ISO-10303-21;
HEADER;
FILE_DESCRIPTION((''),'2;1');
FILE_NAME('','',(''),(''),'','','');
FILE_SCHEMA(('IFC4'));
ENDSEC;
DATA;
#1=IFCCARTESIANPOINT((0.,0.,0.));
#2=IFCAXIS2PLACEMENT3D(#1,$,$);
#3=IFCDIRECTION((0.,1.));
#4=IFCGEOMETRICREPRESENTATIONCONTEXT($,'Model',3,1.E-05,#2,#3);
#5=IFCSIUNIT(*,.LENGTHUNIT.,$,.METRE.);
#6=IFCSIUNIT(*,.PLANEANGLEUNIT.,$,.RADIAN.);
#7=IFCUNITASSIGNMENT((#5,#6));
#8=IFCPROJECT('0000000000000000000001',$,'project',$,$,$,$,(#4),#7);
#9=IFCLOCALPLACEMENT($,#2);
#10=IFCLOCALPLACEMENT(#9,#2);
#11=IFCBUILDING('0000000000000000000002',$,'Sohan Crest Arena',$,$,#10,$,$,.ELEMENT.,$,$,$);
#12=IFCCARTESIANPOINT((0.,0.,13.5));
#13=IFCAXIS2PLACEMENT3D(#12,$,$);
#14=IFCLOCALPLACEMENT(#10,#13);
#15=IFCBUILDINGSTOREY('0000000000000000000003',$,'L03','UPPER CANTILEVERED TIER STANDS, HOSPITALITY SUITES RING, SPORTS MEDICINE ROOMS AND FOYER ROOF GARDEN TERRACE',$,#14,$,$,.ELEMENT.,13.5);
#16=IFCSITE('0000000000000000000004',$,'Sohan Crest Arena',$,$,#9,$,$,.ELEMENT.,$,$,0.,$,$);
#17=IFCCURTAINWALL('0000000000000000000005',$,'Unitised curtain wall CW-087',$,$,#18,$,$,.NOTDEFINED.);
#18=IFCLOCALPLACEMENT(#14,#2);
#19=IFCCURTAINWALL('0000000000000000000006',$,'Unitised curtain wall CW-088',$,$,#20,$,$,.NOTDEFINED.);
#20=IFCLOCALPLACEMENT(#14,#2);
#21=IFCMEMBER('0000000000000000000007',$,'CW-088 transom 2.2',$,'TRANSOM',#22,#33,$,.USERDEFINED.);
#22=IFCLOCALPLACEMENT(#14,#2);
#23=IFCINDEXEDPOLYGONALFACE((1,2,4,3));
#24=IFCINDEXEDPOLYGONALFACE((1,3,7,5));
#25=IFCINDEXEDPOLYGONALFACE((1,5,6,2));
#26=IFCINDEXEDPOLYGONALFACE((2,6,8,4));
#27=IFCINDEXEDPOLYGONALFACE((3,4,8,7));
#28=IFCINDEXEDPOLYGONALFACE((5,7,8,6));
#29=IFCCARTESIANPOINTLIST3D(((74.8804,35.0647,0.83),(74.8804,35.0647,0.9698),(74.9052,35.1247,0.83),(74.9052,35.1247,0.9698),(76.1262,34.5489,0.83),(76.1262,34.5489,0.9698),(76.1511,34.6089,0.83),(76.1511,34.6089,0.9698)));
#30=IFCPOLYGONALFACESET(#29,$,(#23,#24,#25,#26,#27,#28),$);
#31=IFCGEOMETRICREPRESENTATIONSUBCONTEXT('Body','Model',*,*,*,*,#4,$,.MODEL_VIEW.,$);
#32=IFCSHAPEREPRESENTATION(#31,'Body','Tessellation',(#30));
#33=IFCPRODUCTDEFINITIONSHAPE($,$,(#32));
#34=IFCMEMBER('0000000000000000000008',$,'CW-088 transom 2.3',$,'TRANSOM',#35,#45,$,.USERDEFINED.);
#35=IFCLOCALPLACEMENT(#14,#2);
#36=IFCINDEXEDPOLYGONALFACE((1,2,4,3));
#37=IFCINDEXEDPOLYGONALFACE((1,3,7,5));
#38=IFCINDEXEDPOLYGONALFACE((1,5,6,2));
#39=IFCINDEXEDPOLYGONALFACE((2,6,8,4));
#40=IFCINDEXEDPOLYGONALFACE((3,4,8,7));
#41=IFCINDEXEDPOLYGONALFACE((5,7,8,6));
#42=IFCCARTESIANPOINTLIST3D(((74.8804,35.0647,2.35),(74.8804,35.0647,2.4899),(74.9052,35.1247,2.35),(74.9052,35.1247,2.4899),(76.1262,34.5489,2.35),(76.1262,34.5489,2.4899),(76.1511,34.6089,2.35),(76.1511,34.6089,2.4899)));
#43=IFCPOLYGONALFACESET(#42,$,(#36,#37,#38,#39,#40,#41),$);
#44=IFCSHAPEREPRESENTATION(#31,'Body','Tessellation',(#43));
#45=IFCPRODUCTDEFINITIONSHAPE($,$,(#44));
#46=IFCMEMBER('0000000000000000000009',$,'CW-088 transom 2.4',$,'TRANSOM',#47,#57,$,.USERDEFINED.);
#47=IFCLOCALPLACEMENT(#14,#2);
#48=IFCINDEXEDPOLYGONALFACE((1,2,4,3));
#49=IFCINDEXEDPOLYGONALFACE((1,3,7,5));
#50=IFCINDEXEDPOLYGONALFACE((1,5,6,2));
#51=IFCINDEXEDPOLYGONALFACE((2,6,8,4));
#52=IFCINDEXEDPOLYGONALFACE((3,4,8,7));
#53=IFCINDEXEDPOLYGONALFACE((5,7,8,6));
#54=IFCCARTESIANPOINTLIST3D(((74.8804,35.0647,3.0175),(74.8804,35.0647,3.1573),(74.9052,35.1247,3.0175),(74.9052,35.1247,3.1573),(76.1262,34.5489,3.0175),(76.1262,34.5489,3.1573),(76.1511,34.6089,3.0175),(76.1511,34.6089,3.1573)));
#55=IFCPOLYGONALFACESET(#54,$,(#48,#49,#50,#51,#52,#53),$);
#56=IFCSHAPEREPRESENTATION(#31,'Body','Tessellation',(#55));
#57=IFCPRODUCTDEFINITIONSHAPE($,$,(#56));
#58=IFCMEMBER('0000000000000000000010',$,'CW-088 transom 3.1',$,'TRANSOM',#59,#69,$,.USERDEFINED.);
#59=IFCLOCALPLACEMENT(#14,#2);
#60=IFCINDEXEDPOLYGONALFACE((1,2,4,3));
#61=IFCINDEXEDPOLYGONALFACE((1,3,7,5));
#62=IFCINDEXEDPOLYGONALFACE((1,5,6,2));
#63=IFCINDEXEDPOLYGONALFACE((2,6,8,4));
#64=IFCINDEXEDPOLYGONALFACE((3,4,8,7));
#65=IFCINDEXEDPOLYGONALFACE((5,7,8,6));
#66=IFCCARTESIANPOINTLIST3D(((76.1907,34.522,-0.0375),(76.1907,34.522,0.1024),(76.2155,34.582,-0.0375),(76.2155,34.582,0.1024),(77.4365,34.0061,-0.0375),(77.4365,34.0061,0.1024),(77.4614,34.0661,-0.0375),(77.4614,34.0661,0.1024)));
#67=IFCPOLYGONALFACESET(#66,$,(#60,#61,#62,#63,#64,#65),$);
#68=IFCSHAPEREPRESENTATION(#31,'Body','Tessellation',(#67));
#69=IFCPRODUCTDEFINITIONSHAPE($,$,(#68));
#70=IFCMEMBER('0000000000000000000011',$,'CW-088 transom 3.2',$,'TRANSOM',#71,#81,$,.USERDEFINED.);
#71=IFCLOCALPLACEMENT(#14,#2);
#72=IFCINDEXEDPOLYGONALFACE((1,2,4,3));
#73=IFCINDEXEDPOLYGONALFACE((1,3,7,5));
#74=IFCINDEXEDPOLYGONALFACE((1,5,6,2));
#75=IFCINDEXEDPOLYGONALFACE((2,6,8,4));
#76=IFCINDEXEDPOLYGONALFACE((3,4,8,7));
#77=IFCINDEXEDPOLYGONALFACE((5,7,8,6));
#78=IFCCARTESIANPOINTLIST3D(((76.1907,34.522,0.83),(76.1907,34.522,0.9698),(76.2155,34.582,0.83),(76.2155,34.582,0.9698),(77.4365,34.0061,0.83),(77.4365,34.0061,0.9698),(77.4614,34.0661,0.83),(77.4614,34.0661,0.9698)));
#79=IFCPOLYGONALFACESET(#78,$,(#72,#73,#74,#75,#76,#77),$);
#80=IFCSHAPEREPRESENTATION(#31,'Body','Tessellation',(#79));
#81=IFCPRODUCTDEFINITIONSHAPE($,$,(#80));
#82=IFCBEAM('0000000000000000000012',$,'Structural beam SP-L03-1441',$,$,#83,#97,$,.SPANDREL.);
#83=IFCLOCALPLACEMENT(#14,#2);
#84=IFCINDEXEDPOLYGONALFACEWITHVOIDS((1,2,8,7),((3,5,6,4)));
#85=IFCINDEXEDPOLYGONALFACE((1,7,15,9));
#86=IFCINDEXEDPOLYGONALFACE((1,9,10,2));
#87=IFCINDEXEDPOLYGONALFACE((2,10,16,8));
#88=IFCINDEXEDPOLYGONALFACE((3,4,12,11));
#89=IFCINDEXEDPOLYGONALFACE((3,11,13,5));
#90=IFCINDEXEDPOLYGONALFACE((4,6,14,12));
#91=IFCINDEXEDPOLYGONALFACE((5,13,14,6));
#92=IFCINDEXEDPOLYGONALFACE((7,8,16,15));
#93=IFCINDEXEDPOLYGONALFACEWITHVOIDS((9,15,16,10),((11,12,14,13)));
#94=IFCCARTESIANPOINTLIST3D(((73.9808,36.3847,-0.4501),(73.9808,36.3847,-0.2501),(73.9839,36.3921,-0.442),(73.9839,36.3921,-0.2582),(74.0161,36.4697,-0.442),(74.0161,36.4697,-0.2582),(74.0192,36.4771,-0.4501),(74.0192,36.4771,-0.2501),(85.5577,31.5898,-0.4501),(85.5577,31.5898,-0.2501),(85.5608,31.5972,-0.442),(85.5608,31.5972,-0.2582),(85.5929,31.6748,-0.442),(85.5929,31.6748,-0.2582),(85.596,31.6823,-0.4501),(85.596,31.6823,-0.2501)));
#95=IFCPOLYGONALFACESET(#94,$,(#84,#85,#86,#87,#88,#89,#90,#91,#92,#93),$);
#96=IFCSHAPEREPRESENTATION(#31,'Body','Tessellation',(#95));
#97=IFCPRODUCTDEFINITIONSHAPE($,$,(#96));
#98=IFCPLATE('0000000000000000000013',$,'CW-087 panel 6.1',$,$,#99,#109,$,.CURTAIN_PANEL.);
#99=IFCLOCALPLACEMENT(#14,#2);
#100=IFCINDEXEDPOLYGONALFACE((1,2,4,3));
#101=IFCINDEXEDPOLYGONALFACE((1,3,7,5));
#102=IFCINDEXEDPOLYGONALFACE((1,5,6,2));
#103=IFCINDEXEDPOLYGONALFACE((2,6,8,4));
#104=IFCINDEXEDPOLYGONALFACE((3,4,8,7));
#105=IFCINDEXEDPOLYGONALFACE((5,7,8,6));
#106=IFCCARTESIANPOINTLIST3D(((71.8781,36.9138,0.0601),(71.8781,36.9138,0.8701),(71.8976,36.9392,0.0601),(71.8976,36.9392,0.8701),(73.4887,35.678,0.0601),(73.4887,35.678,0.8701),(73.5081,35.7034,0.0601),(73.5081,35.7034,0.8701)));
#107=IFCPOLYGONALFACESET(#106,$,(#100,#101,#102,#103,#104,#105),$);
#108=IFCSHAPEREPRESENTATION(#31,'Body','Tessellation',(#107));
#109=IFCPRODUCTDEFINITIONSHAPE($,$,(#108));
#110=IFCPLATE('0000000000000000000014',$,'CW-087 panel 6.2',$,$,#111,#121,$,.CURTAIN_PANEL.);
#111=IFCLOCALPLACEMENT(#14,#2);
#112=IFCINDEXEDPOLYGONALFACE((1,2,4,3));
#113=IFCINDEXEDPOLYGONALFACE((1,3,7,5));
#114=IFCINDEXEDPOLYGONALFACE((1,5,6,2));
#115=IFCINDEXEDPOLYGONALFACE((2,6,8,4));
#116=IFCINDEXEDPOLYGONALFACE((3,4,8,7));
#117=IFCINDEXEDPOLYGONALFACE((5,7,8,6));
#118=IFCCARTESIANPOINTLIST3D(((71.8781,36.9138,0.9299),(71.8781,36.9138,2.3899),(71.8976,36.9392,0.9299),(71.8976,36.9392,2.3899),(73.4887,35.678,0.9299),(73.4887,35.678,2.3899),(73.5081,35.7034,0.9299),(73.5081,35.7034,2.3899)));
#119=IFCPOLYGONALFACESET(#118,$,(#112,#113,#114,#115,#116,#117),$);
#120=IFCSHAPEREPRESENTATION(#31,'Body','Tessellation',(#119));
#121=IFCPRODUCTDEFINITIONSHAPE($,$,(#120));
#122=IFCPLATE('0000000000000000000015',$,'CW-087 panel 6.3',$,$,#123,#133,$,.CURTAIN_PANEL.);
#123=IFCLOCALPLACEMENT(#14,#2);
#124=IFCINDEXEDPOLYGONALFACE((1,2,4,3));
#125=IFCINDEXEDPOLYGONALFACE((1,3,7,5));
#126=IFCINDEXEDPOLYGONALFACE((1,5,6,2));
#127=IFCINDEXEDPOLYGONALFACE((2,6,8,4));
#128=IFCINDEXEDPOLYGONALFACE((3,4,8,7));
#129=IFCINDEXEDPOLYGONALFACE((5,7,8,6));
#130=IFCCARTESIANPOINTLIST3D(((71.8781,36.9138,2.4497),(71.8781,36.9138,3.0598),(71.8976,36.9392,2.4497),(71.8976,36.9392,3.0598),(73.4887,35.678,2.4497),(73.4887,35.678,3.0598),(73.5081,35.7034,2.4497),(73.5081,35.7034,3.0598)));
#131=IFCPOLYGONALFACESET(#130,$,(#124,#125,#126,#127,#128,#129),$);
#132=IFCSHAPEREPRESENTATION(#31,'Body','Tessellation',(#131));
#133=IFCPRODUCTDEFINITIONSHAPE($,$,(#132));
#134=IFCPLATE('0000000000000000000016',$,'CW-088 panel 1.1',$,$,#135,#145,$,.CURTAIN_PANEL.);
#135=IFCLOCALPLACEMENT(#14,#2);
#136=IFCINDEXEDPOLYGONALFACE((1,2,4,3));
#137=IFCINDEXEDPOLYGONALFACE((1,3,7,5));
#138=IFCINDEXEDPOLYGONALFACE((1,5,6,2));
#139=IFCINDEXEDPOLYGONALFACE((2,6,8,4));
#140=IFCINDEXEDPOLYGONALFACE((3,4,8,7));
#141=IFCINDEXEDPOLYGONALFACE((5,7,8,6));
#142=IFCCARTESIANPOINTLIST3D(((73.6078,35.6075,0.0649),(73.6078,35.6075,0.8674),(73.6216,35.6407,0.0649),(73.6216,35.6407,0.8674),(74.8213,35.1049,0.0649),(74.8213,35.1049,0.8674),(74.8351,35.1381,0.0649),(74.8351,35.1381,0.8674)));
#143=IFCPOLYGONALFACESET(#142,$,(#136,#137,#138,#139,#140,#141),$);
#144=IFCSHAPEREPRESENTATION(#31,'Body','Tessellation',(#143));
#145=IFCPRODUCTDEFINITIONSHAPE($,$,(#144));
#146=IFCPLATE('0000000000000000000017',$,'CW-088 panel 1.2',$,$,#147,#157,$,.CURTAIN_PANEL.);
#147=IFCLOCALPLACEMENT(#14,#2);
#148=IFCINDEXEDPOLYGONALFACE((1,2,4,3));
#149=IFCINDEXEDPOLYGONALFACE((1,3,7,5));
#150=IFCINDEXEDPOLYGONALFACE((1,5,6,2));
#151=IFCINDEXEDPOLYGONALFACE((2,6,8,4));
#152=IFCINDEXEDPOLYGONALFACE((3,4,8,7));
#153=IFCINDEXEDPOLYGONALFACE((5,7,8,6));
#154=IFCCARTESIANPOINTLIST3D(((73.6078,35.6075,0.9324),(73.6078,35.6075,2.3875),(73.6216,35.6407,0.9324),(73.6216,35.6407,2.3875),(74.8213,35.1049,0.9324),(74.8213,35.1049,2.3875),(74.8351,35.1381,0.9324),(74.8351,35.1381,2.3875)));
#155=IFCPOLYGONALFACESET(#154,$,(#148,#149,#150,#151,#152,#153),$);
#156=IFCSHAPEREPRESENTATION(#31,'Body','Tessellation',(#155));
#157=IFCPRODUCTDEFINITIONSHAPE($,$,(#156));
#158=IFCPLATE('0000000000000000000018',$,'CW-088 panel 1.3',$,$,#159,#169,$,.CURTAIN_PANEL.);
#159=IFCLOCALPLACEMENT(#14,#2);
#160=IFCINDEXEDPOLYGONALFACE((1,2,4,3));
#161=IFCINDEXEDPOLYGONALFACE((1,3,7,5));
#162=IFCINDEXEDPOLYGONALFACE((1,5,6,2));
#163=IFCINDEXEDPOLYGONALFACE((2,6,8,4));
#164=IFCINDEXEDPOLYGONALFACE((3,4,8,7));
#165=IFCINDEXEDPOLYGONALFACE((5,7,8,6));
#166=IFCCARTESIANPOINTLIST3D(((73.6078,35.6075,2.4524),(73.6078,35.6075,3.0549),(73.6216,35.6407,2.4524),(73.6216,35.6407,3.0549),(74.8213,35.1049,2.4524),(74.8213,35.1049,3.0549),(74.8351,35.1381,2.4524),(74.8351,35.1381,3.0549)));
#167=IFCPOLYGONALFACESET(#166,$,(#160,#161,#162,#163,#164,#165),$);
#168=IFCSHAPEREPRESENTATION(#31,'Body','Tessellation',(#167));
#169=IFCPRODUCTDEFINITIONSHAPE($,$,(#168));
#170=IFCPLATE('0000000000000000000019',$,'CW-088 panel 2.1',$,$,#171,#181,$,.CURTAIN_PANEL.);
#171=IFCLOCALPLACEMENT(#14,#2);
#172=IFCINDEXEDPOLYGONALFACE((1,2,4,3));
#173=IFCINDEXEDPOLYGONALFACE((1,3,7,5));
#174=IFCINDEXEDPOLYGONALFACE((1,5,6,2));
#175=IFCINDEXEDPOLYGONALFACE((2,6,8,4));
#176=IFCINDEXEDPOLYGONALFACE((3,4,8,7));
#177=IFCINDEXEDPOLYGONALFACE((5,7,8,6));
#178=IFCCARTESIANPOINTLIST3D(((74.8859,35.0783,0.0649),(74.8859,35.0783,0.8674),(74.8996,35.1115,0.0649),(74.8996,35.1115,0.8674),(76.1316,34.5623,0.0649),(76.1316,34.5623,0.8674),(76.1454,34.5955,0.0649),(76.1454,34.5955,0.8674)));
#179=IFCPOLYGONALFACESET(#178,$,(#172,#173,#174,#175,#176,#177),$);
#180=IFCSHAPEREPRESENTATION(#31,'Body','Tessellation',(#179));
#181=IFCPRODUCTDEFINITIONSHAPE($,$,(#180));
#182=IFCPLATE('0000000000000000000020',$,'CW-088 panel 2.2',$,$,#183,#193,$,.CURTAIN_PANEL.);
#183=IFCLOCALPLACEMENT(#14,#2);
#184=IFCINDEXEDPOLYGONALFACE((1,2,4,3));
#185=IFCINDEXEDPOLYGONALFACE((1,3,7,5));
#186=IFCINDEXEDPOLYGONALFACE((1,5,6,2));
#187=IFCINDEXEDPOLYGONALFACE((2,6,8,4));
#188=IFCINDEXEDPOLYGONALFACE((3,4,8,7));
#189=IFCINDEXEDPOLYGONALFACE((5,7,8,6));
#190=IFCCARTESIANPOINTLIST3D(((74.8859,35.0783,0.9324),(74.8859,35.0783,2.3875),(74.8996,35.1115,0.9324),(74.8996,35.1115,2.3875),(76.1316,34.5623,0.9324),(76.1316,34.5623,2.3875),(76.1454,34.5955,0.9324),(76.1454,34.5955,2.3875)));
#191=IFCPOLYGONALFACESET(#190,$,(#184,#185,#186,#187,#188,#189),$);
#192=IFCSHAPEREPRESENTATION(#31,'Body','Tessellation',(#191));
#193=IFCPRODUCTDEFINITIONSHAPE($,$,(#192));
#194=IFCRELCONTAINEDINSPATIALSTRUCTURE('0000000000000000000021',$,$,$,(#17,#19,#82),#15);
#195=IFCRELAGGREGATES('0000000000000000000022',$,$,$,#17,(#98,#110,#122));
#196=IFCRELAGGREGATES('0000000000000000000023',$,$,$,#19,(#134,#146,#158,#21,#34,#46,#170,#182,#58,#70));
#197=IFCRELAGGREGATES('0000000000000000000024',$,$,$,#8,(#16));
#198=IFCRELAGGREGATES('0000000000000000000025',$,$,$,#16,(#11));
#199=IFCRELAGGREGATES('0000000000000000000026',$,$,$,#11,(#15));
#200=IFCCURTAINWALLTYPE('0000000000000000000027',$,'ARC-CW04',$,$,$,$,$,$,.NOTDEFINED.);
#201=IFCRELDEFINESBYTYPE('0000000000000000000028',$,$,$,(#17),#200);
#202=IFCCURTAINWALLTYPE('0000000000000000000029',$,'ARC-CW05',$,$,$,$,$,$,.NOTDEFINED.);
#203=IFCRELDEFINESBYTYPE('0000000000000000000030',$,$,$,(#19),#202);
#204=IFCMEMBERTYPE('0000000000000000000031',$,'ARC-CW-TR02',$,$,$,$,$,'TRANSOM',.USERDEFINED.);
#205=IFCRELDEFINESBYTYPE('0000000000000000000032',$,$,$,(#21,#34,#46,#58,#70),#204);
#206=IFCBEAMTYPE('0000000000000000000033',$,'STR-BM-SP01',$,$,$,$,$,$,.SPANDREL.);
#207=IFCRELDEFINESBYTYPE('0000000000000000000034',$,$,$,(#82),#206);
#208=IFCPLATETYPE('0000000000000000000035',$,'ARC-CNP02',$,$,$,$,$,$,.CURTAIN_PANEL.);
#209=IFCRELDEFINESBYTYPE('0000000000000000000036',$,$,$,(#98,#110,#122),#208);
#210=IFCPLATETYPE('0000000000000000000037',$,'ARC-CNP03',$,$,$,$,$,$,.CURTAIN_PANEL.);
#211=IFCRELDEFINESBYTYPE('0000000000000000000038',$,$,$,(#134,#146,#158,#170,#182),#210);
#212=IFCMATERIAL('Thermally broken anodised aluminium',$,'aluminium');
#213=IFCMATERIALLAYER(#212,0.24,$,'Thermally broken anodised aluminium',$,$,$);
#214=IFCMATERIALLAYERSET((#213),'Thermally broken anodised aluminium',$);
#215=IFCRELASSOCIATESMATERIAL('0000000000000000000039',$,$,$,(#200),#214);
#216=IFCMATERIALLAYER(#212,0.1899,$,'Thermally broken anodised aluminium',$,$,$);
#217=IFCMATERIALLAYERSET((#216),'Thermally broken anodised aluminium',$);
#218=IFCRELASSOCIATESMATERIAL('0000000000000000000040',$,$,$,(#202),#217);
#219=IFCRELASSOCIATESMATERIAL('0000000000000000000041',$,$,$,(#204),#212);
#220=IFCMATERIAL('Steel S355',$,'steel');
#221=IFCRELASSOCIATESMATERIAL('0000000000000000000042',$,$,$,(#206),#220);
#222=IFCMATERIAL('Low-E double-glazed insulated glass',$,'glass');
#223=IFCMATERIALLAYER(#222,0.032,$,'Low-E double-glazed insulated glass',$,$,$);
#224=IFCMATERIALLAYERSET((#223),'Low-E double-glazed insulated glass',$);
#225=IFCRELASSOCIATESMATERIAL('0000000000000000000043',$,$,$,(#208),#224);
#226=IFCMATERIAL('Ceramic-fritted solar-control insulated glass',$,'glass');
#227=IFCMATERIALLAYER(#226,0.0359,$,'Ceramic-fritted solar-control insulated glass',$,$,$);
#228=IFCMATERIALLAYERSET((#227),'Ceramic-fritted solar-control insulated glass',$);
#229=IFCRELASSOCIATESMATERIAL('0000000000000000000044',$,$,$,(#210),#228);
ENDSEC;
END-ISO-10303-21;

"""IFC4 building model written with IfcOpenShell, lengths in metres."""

from ifc_helpers import new_model, si_unit, direction, frame, origin, origin_2d, place, context, subcontext, project, spatial, rectangle, hollow_rectangle, extrude, material, layer, layer_set, material_profile, profile_set, type_object, element, aggregate, save


model = new_model("IFC4")

# Units and contexts
model_context = context("Model", 3, precision=1e-05, world=origin(), true_north=direction((0.0, 1.0)))
body_context = subcontext(model_context, "Body", "Model", "MODEL_VIEW")
ifc_project = project(units=[si_unit("LENGTHUNIT", "METRE"), si_unit("PLANEANGLEUNIT", "RADIAN")], contexts=[model_context])

# Site, building, storey
site_placement = place(None, origin())
site = spatial("IfcSite", under=ifc_project, at=site_placement, Name="Sohan Crest Arena", CompositionType="ELEMENT", RefElevation=0.0)
building_placement = place(site_placement, origin())
building = spatial("IfcBuilding", under=site, at=building_placement, Name="Sohan Crest Arena", CompositionType="ELEMENT")
storey_placement = place(building_placement, frame((0.0, 0.0, 13.5)))
storey = spatial("IfcBuildingStorey", under=building, at=storey_placement, Name="L03", Description="UPPER CANTILEVERED TIER STANDS, HOSPITALITY SUITES RING, SPORTS MEDICINE ROOMS AND FOYER ROOF GARDEN TERRACE", CompositionType="ELEMENT", Elevation=13.5)

# Shared definitions
ifc_material_1 = material(Name="Steel S355", Category="steel")

# Curtain wall
ifc_material_2 = material(Name="Thermally broken anodised aluminium", Category="aluminium")
ifc_layer_1 = layer(ifc_material_2, 0.24, Name="Thermally broken anodised aluminium")
ifc_layer_set_1 = layer_set([ifc_layer_1], Name="Thermally broken anodised aluminium")
curtain_wall_type_1 = type_object("IfcCurtainWallType", Name="ARC-CW04", PredefinedType="NOTDEFINED", material=ifc_layer_set_1)
curtain_wall_1_placement = place(storey_placement, origin())
curtain_wall_1 = element("IfcCurtainWall", 1, at=curtain_wall_1_placement, inside=storey, type_object=curtain_wall_type_1, Name="Unitised curtain wall CW-087", PredefinedType="NOTDEFINED")

# Curtain wall
ifc_layer_2 = layer(ifc_material_2, 0.1899, Name="Thermally broken anodised aluminium")
ifc_layer_set_2 = layer_set([ifc_layer_2], Name="Thermally broken anodised aluminium")
curtain_wall_type_2 = type_object("IfcCurtainWallType", Name="ARC-CW05", PredefinedType="NOTDEFINED", material=ifc_layer_set_2)
curtain_wall_2_placement = place(storey_placement, origin())
curtain_wall_2 = element("IfcCurtainWall", 2, at=curtain_wall_2_placement, inside=storey, type_object=curtain_wall_type_2, Name="Unitised curtain wall CW-088", PredefinedType="NOTDEFINED")

# Members
ifc_material_profile_1 = material_profile(ifc_material_2, rectangle(XDim=0.0649, YDim=0.1399, at=origin_2d()), Name="ALU-TRAN 65x140")
ifc_profile_set_1 = profile_set([ifc_material_profile_1], Name="Thermally broken anodised aluminium")
member_type_1 = type_object("IfcMemberType", Name="ARC-CW-TR02", ElementType="TRANSOM", PredefinedType="USERDEFINED", material=ifc_profile_set_1)
member_1_placement = place(storey_placement, frame((74.8928, 35.0947, 0.8999), z_axis=(0.923926, -0.38257, 0.0), x_axis=(0.38257, 0.923926, 0.0)))
member_1 = element("IfcMember", 3, at=member_1_placement, type_object=member_type_1, Name="CW-088 transom 2.2", ObjectType="TRANSOM", PredefinedType="USERDEFINED", context=body_context, shape_type="SweptSolid", body=[
    extrude(rectangle(XDim=0.0649, YDim=0.1399, at=origin_2d()), origin(), (0.0, 0.0, 1.0), 1.3484),
])
member_2_placement = place(storey_placement, frame((74.8928, 35.0947, 2.4199), z_axis=(0.923926, -0.38257, 0.0), x_axis=(0.38257, 0.923926, 0.0)))
member_2 = element("IfcMember", 4, at=member_2_placement, type_object=member_type_1, Name="CW-088 transom 2.3", ObjectType="TRANSOM", PredefinedType="USERDEFINED", context=body_context, shape_type="SweptSolid", body=[
    extrude(rectangle(XDim=0.0649, YDim=0.1399, at=origin_2d()), origin(), (0.0, 0.0, 1.0), 1.3484),
])
member_3_placement = place(storey_placement, frame((74.8928, 35.0947, 3.0874), z_axis=(0.923926, -0.38257, 0.0), x_axis=(0.38257, 0.923926, 0.0)))
member_3 = element("IfcMember", 5, at=member_3_placement, type_object=member_type_1, Name="CW-088 transom 2.4", ObjectType="TRANSOM", PredefinedType="USERDEFINED", context=body_context, shape_type="SweptSolid", body=[
    extrude(rectangle(XDim=0.0649, YDim=0.1399, at=origin_2d()), origin(), (0.0, 0.0, 1.0), 1.3484),
])
member_4_placement = place(storey_placement, frame((76.2031, 34.552, 0.0325), z_axis=(0.923926, -0.38257, 0.0), x_axis=(0.38257, 0.923926, 0.0)))
member_4 = element("IfcMember", 6, at=member_4_placement, type_object=member_type_1, Name="CW-088 transom 3.1", ObjectType="TRANSOM", PredefinedType="USERDEFINED", context=body_context, shape_type="SweptSolid", body=[
    extrude(rectangle(XDim=0.0649, YDim=0.1399, at=origin_2d()), origin(), (0.0, 0.0, 1.0), 1.3484),
])
member_5_placement = place(storey_placement, frame((76.2031, 34.552, 0.8999), z_axis=(0.923926, -0.38257, 0.0), x_axis=(0.38257, 0.923926, 0.0)))
member_5 = element("IfcMember", 7, at=member_5_placement, type_object=member_type_1, Name="CW-088 transom 3.2", ObjectType="TRANSOM", PredefinedType="USERDEFINED", context=body_context, shape_type="SweptSolid", body=[
    extrude(rectangle(XDim=0.0649, YDim=0.1399, at=origin_2d()), origin(), (0.0, 0.0, 1.0), 1.3484),
])

# Beam
ifc_material_profile_2 = material_profile(ifc_material_1, hollow_rectangle(XDim=0.1001, YDim=0.2, WallThickness=0.0081, at=origin_2d()), Name="RHS 200x100x8")
ifc_profile_set_2 = profile_set([ifc_material_profile_2], Name="Steel S355")
beam_type = type_object("IfcBeamType", Name="STR-BM-SP01", PredefinedType="SPANDREL", material=ifc_profile_set_2)
beam_placement = place(storey_placement, frame((74.0, 36.4309, -0.3501), z_axis=(0.923891, -0.382657, 0.0), x_axis=(0.382657, 0.923891, 0.0)))
element("IfcBeam", 8, at=beam_placement, inside=storey, type_object=beam_type, Name="Structural beam SP-L03-1441", PredefinedType="SPANDREL", context=body_context, shape_type="SweptSolid", body=[
    extrude(hollow_rectangle(XDim=0.1001, YDim=0.2, WallThickness=0.0081, at=origin_2d()), origin(), (0.0, 0.0, 1.0), 12.5305),
])

# Plates
ifc_material_3 = material(Name="Low-E double-glazed insulated glass", Category="glass")
ifc_layer_3 = layer(ifc_material_3, 0.032, Name="Low-E double-glazed insulated glass")
ifc_layer_set_3 = layer_set([ifc_layer_3], Name="Low-E double-glazed insulated glass")
plate_type_1 = type_object("IfcPlateType", Name="ARC-CNP02", PredefinedType="CURTAIN_PANEL", material=ifc_layer_set_3)
plate_1_placement = place(storey_placement, frame((72.6931, 36.3086, 0.0601), z_axis=(0.0, 0.0, 1.0), x_axis=(0.793372, -0.608737, 0.0)))
plate_1 = element("IfcPlate", 9, at=plate_1_placement, type_object=plate_type_1, Name="CW-087 panel 6.1", PredefinedType="CURTAIN_PANEL", context=body_context, shape_type="SweptSolid", body=[
    extrude(rectangle(XDim=2.03, YDim=0.032, at=origin_2d()), origin(), (0.0, 0.0, 1.0), 0.8101),
])
plate_2_placement = place(storey_placement, frame((72.6931, 36.3086, 0.9299), z_axis=(0.0, 0.0, 1.0), x_axis=(0.793372, -0.608737, 0.0)))
plate_2 = element("IfcPlate", 10, at=plate_2_placement, type_object=plate_type_1, Name="CW-087 panel 6.2", PredefinedType="CURTAIN_PANEL", context=body_context, shape_type="SweptSolid", body=[
    extrude(rectangle(XDim=2.03, YDim=0.032, at=origin_2d()), origin(), (0.0, 0.0, 1.0), 1.46),
])
plate_3_placement = place(storey_placement, frame((72.6931, 36.3086, 2.4497), z_axis=(0.0, 0.0, 1.0), x_axis=(0.793372, -0.608737, 0.0)))
plate_3 = element("IfcPlate", 11, at=plate_3_placement, type_object=plate_type_1, Name="CW-087 panel 6.3", PredefinedType="CURTAIN_PANEL", context=body_context, shape_type="SweptSolid", body=[
    extrude(rectangle(XDim=2.03, YDim=0.032, at=origin_2d()), origin(), (0.0, 0.0, 1.0), 0.6101),
])
aggregate(curtain_wall_1, [plate_1, plate_2, plate_3])
ifc_material_4 = material(Name="Ceramic-fritted solar-control insulated glass", Category="glass")
ifc_layer_4 = layer(ifc_material_4, 0.0359, Name="Ceramic-fritted solar-control insulated glass")
ifc_layer_set_4 = layer_set([ifc_layer_4], Name="Ceramic-fritted solar-control insulated glass")
plate_type_2 = type_object("IfcPlateType", Name="ARC-CNP03", PredefinedType="CURTAIN_PANEL", material=ifc_layer_set_4)
plate_4_placement = place(storey_placement, frame((74.2214, 35.3728, 0.0649), z_axis=(0.0, 0.0, 1.0), x_axis=(0.923886, -0.382668, 0.0)))
plate_4 = element("IfcPlate", 12, at=plate_4_placement, type_object=plate_type_2, Name="CW-088 panel 1.1", PredefinedType="CURTAIN_PANEL", context=body_context, shape_type="SweptSolid", body=[
    extrude(rectangle(XDim=1.3135, YDim=0.0359, at=origin_2d()), origin(), (0.0, 0.0, 1.0), 0.8025),
])
plate_5_placement = place(storey_placement, frame((74.2214, 35.3728, 0.9324), z_axis=(0.0, 0.0, 1.0), x_axis=(0.923886, -0.382668, 0.0)))
plate_5 = element("IfcPlate", 13, at=plate_5_placement, type_object=plate_type_2, Name="CW-088 panel 1.2", PredefinedType="CURTAIN_PANEL", context=body_context, shape_type="SweptSolid", body=[
    extrude(rectangle(XDim=1.3135, YDim=0.0359, at=origin_2d()), origin(), (0.0, 0.0, 1.0), 1.4551),
])
plate_6_placement = place(storey_placement, frame((74.2214, 35.3728, 2.4524), z_axis=(0.0, 0.0, 1.0), x_axis=(0.923886, -0.382668, 0.0)))
plate_6 = element("IfcPlate", 14, at=plate_6_placement, type_object=plate_type_2, Name="CW-088 panel 1.3", PredefinedType="CURTAIN_PANEL", context=body_context, shape_type="SweptSolid", body=[
    extrude(rectangle(XDim=1.3135, YDim=0.0359, at=origin_2d()), origin(), (0.0, 0.0, 1.0), 0.6025),
])
plate_7_placement = place(storey_placement, frame((75.5156, 34.8369, 0.0649), z_axis=(0.0, 0.0, 1.0), x_axis=(0.923886, -0.382668, 0.0)))
plate_7 = element("IfcPlate", 15, at=plate_7_placement, type_object=plate_type_2, Name="CW-088 panel 2.1", PredefinedType="CURTAIN_PANEL", context=body_context, shape_type="SweptSolid", body=[
    extrude(rectangle(XDim=1.3484, YDim=0.0359, at=origin_2d()), origin(), (0.0, 0.0, 1.0), 0.8025),
])
plate_8_placement = place(storey_placement, frame((75.5156, 34.8369, 0.9324), z_axis=(0.0, 0.0, 1.0), x_axis=(0.923886, -0.382668, 0.0)))
plate_8 = element("IfcPlate", 16, at=plate_8_placement, type_object=plate_type_2, Name="CW-088 panel 2.2", PredefinedType="CURTAIN_PANEL", context=body_context, shape_type="SweptSolid", body=[
    extrude(rectangle(XDim=1.3484, YDim=0.0359, at=origin_2d()), origin(), (0.0, 0.0, 1.0), 1.4551),
])
aggregate(curtain_wall_2, [plate_4, plate_5, plate_6, member_1, member_2, member_3, plate_7, plate_8, member_4, member_5])

save(model, "model.ifc")
